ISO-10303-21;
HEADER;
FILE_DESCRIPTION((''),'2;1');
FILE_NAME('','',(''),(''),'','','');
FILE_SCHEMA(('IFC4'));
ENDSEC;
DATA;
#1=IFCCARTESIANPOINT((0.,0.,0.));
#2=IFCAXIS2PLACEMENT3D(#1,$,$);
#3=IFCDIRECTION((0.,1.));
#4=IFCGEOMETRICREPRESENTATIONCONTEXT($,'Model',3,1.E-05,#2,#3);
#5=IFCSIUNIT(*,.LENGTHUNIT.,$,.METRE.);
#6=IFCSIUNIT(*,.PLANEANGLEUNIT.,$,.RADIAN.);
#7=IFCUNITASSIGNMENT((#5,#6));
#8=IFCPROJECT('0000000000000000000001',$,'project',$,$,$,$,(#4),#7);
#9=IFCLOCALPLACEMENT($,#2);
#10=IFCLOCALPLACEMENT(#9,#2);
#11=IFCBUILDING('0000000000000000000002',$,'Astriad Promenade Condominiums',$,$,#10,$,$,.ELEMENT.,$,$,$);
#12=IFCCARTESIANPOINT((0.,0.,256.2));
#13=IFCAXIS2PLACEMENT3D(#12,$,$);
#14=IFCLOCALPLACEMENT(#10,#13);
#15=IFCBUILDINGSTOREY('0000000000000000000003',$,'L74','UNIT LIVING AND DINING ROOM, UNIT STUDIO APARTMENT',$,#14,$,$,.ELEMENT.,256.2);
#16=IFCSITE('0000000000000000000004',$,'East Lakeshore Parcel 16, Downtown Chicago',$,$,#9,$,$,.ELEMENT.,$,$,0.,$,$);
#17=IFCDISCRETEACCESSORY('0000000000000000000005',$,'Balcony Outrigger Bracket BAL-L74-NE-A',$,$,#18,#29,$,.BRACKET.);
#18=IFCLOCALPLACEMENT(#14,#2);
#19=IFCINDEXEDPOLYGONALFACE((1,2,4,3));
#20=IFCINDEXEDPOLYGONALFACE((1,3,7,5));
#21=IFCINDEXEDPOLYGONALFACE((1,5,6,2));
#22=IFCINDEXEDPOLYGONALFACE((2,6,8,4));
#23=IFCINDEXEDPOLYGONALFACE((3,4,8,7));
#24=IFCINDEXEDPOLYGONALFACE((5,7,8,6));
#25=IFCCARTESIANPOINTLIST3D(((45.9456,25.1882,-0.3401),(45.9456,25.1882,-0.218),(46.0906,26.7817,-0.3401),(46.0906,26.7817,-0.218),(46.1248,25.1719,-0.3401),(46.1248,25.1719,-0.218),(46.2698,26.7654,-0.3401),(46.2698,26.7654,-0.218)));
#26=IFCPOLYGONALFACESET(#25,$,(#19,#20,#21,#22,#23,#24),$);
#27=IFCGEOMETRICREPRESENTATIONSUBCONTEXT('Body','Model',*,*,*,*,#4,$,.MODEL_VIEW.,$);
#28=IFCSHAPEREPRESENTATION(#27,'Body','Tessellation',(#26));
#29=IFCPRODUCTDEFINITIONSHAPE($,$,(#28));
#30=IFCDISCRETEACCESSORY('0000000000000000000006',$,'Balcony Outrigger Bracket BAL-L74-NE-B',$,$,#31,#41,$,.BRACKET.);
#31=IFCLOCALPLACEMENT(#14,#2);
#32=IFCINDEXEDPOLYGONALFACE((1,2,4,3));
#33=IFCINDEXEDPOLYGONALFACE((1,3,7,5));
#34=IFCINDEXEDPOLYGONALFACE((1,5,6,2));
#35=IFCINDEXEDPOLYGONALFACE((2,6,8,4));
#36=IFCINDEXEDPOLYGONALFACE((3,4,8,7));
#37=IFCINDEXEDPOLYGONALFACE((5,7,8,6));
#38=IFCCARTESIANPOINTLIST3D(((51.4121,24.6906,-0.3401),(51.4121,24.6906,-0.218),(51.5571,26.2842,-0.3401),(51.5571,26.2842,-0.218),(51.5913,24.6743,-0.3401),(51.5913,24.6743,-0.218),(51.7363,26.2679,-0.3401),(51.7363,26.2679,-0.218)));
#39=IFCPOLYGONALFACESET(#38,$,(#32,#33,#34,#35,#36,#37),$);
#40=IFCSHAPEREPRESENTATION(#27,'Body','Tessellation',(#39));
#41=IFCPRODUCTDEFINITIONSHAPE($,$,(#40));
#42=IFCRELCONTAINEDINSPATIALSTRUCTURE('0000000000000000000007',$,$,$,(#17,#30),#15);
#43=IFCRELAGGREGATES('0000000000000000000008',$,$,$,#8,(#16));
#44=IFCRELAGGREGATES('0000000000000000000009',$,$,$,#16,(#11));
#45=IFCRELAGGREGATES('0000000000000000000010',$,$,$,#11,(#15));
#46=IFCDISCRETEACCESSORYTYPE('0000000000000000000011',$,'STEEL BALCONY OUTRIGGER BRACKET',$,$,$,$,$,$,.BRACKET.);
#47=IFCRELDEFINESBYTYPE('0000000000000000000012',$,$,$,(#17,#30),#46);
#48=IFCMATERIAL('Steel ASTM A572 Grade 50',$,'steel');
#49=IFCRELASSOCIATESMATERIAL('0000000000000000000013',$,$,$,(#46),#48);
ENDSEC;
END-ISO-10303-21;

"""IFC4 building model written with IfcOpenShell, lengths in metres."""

from ifc_helpers import new_model, si_unit, direction, frame, origin, origin_2d, place, context, subcontext, project, spatial, rectangle, extrude, source, transform, mapped, material, type_object, type_shapes, element, save


model = new_model("IFC4")

# Units and contexts
model_context = context("Model", 3, precision=1e-05, world=origin(), true_north=direction((0.0, 1.0)))
body_context = subcontext(model_context, "Body", "Model", "MODEL_VIEW")
ifc_project = project(units=[si_unit("LENGTHUNIT", "METRE"), si_unit("PLANEANGLEUNIT", "RADIAN")], contexts=[model_context])

# Site, building, storey
site_placement = place(None, origin())
site = spatial("IfcSite", under=ifc_project, at=site_placement, Name="East Lakeshore Parcel 16, Downtown Chicago", CompositionType="ELEMENT", RefElevation=0.0)
building_placement = place(site_placement, origin())
building = spatial("IfcBuilding", under=site, at=building_placement, Name="Astriad Promenade Condominiums", CompositionType="ELEMENT")
storey_placement = place(building_placement, frame((0.0, 0.0, 256.2)))
storey = spatial("IfcBuildingStorey", under=building, at=storey_placement, Name="L74", Description="UNIT LIVING AND DINING ROOM, UNIT STUDIO APARTMENT", CompositionType="ELEMENT", Elevation=256.2)

# Discrete accessories
ifc_material_1 = material(Name="Steel ASTM A572 Grade 50", Category="steel")
discrete_accessory_type = type_object("IfcDiscreteAccessoryType", Name="STEEL BALCONY OUTRIGGER BRACKET", PredefinedType="BRACKET", material=ifc_material_1)
shared_shape_1 = source(origin(), body_context, "Body", "SweptSolid", [
    extrude(rectangle(XDim=1.6001, YDim=0.1799, at=origin_2d()), origin(), (0.0, 0.0, 1.0), 0.1221),
])
type_shapes(discrete_accessory_type, [shared_shape_1])
for number, where, z_axis, x_axis, name in (
    (1, (46.1077, 25.9768, -0.3401), (0.0, 0.0, 1.0), (0.090633, 0.995884, 0.0), "Balcony Outrigger Bracket BAL-L74-NE-A"),
    (2, (51.5742, 25.4792, -0.3401), (0.0, 0.0, 1.0), (0.090633, 0.995884, 0.0), "Balcony Outrigger Bracket BAL-L74-NE-B"),
):
    element("IfcDiscreteAccessory", number, at=place(storey_placement, frame(where, z_axis=z_axis, x_axis=x_axis)), inside=storey, type_object=discrete_accessory_type, Name=name, PredefinedType="BRACKET", context=body_context, shape_type="MappedRepresentation", body=[
        mapped(shared_shape_1, transform((0.0, 0.0, 0.0), scale=1.0)),
    ])

save(model, "model.ifc")
